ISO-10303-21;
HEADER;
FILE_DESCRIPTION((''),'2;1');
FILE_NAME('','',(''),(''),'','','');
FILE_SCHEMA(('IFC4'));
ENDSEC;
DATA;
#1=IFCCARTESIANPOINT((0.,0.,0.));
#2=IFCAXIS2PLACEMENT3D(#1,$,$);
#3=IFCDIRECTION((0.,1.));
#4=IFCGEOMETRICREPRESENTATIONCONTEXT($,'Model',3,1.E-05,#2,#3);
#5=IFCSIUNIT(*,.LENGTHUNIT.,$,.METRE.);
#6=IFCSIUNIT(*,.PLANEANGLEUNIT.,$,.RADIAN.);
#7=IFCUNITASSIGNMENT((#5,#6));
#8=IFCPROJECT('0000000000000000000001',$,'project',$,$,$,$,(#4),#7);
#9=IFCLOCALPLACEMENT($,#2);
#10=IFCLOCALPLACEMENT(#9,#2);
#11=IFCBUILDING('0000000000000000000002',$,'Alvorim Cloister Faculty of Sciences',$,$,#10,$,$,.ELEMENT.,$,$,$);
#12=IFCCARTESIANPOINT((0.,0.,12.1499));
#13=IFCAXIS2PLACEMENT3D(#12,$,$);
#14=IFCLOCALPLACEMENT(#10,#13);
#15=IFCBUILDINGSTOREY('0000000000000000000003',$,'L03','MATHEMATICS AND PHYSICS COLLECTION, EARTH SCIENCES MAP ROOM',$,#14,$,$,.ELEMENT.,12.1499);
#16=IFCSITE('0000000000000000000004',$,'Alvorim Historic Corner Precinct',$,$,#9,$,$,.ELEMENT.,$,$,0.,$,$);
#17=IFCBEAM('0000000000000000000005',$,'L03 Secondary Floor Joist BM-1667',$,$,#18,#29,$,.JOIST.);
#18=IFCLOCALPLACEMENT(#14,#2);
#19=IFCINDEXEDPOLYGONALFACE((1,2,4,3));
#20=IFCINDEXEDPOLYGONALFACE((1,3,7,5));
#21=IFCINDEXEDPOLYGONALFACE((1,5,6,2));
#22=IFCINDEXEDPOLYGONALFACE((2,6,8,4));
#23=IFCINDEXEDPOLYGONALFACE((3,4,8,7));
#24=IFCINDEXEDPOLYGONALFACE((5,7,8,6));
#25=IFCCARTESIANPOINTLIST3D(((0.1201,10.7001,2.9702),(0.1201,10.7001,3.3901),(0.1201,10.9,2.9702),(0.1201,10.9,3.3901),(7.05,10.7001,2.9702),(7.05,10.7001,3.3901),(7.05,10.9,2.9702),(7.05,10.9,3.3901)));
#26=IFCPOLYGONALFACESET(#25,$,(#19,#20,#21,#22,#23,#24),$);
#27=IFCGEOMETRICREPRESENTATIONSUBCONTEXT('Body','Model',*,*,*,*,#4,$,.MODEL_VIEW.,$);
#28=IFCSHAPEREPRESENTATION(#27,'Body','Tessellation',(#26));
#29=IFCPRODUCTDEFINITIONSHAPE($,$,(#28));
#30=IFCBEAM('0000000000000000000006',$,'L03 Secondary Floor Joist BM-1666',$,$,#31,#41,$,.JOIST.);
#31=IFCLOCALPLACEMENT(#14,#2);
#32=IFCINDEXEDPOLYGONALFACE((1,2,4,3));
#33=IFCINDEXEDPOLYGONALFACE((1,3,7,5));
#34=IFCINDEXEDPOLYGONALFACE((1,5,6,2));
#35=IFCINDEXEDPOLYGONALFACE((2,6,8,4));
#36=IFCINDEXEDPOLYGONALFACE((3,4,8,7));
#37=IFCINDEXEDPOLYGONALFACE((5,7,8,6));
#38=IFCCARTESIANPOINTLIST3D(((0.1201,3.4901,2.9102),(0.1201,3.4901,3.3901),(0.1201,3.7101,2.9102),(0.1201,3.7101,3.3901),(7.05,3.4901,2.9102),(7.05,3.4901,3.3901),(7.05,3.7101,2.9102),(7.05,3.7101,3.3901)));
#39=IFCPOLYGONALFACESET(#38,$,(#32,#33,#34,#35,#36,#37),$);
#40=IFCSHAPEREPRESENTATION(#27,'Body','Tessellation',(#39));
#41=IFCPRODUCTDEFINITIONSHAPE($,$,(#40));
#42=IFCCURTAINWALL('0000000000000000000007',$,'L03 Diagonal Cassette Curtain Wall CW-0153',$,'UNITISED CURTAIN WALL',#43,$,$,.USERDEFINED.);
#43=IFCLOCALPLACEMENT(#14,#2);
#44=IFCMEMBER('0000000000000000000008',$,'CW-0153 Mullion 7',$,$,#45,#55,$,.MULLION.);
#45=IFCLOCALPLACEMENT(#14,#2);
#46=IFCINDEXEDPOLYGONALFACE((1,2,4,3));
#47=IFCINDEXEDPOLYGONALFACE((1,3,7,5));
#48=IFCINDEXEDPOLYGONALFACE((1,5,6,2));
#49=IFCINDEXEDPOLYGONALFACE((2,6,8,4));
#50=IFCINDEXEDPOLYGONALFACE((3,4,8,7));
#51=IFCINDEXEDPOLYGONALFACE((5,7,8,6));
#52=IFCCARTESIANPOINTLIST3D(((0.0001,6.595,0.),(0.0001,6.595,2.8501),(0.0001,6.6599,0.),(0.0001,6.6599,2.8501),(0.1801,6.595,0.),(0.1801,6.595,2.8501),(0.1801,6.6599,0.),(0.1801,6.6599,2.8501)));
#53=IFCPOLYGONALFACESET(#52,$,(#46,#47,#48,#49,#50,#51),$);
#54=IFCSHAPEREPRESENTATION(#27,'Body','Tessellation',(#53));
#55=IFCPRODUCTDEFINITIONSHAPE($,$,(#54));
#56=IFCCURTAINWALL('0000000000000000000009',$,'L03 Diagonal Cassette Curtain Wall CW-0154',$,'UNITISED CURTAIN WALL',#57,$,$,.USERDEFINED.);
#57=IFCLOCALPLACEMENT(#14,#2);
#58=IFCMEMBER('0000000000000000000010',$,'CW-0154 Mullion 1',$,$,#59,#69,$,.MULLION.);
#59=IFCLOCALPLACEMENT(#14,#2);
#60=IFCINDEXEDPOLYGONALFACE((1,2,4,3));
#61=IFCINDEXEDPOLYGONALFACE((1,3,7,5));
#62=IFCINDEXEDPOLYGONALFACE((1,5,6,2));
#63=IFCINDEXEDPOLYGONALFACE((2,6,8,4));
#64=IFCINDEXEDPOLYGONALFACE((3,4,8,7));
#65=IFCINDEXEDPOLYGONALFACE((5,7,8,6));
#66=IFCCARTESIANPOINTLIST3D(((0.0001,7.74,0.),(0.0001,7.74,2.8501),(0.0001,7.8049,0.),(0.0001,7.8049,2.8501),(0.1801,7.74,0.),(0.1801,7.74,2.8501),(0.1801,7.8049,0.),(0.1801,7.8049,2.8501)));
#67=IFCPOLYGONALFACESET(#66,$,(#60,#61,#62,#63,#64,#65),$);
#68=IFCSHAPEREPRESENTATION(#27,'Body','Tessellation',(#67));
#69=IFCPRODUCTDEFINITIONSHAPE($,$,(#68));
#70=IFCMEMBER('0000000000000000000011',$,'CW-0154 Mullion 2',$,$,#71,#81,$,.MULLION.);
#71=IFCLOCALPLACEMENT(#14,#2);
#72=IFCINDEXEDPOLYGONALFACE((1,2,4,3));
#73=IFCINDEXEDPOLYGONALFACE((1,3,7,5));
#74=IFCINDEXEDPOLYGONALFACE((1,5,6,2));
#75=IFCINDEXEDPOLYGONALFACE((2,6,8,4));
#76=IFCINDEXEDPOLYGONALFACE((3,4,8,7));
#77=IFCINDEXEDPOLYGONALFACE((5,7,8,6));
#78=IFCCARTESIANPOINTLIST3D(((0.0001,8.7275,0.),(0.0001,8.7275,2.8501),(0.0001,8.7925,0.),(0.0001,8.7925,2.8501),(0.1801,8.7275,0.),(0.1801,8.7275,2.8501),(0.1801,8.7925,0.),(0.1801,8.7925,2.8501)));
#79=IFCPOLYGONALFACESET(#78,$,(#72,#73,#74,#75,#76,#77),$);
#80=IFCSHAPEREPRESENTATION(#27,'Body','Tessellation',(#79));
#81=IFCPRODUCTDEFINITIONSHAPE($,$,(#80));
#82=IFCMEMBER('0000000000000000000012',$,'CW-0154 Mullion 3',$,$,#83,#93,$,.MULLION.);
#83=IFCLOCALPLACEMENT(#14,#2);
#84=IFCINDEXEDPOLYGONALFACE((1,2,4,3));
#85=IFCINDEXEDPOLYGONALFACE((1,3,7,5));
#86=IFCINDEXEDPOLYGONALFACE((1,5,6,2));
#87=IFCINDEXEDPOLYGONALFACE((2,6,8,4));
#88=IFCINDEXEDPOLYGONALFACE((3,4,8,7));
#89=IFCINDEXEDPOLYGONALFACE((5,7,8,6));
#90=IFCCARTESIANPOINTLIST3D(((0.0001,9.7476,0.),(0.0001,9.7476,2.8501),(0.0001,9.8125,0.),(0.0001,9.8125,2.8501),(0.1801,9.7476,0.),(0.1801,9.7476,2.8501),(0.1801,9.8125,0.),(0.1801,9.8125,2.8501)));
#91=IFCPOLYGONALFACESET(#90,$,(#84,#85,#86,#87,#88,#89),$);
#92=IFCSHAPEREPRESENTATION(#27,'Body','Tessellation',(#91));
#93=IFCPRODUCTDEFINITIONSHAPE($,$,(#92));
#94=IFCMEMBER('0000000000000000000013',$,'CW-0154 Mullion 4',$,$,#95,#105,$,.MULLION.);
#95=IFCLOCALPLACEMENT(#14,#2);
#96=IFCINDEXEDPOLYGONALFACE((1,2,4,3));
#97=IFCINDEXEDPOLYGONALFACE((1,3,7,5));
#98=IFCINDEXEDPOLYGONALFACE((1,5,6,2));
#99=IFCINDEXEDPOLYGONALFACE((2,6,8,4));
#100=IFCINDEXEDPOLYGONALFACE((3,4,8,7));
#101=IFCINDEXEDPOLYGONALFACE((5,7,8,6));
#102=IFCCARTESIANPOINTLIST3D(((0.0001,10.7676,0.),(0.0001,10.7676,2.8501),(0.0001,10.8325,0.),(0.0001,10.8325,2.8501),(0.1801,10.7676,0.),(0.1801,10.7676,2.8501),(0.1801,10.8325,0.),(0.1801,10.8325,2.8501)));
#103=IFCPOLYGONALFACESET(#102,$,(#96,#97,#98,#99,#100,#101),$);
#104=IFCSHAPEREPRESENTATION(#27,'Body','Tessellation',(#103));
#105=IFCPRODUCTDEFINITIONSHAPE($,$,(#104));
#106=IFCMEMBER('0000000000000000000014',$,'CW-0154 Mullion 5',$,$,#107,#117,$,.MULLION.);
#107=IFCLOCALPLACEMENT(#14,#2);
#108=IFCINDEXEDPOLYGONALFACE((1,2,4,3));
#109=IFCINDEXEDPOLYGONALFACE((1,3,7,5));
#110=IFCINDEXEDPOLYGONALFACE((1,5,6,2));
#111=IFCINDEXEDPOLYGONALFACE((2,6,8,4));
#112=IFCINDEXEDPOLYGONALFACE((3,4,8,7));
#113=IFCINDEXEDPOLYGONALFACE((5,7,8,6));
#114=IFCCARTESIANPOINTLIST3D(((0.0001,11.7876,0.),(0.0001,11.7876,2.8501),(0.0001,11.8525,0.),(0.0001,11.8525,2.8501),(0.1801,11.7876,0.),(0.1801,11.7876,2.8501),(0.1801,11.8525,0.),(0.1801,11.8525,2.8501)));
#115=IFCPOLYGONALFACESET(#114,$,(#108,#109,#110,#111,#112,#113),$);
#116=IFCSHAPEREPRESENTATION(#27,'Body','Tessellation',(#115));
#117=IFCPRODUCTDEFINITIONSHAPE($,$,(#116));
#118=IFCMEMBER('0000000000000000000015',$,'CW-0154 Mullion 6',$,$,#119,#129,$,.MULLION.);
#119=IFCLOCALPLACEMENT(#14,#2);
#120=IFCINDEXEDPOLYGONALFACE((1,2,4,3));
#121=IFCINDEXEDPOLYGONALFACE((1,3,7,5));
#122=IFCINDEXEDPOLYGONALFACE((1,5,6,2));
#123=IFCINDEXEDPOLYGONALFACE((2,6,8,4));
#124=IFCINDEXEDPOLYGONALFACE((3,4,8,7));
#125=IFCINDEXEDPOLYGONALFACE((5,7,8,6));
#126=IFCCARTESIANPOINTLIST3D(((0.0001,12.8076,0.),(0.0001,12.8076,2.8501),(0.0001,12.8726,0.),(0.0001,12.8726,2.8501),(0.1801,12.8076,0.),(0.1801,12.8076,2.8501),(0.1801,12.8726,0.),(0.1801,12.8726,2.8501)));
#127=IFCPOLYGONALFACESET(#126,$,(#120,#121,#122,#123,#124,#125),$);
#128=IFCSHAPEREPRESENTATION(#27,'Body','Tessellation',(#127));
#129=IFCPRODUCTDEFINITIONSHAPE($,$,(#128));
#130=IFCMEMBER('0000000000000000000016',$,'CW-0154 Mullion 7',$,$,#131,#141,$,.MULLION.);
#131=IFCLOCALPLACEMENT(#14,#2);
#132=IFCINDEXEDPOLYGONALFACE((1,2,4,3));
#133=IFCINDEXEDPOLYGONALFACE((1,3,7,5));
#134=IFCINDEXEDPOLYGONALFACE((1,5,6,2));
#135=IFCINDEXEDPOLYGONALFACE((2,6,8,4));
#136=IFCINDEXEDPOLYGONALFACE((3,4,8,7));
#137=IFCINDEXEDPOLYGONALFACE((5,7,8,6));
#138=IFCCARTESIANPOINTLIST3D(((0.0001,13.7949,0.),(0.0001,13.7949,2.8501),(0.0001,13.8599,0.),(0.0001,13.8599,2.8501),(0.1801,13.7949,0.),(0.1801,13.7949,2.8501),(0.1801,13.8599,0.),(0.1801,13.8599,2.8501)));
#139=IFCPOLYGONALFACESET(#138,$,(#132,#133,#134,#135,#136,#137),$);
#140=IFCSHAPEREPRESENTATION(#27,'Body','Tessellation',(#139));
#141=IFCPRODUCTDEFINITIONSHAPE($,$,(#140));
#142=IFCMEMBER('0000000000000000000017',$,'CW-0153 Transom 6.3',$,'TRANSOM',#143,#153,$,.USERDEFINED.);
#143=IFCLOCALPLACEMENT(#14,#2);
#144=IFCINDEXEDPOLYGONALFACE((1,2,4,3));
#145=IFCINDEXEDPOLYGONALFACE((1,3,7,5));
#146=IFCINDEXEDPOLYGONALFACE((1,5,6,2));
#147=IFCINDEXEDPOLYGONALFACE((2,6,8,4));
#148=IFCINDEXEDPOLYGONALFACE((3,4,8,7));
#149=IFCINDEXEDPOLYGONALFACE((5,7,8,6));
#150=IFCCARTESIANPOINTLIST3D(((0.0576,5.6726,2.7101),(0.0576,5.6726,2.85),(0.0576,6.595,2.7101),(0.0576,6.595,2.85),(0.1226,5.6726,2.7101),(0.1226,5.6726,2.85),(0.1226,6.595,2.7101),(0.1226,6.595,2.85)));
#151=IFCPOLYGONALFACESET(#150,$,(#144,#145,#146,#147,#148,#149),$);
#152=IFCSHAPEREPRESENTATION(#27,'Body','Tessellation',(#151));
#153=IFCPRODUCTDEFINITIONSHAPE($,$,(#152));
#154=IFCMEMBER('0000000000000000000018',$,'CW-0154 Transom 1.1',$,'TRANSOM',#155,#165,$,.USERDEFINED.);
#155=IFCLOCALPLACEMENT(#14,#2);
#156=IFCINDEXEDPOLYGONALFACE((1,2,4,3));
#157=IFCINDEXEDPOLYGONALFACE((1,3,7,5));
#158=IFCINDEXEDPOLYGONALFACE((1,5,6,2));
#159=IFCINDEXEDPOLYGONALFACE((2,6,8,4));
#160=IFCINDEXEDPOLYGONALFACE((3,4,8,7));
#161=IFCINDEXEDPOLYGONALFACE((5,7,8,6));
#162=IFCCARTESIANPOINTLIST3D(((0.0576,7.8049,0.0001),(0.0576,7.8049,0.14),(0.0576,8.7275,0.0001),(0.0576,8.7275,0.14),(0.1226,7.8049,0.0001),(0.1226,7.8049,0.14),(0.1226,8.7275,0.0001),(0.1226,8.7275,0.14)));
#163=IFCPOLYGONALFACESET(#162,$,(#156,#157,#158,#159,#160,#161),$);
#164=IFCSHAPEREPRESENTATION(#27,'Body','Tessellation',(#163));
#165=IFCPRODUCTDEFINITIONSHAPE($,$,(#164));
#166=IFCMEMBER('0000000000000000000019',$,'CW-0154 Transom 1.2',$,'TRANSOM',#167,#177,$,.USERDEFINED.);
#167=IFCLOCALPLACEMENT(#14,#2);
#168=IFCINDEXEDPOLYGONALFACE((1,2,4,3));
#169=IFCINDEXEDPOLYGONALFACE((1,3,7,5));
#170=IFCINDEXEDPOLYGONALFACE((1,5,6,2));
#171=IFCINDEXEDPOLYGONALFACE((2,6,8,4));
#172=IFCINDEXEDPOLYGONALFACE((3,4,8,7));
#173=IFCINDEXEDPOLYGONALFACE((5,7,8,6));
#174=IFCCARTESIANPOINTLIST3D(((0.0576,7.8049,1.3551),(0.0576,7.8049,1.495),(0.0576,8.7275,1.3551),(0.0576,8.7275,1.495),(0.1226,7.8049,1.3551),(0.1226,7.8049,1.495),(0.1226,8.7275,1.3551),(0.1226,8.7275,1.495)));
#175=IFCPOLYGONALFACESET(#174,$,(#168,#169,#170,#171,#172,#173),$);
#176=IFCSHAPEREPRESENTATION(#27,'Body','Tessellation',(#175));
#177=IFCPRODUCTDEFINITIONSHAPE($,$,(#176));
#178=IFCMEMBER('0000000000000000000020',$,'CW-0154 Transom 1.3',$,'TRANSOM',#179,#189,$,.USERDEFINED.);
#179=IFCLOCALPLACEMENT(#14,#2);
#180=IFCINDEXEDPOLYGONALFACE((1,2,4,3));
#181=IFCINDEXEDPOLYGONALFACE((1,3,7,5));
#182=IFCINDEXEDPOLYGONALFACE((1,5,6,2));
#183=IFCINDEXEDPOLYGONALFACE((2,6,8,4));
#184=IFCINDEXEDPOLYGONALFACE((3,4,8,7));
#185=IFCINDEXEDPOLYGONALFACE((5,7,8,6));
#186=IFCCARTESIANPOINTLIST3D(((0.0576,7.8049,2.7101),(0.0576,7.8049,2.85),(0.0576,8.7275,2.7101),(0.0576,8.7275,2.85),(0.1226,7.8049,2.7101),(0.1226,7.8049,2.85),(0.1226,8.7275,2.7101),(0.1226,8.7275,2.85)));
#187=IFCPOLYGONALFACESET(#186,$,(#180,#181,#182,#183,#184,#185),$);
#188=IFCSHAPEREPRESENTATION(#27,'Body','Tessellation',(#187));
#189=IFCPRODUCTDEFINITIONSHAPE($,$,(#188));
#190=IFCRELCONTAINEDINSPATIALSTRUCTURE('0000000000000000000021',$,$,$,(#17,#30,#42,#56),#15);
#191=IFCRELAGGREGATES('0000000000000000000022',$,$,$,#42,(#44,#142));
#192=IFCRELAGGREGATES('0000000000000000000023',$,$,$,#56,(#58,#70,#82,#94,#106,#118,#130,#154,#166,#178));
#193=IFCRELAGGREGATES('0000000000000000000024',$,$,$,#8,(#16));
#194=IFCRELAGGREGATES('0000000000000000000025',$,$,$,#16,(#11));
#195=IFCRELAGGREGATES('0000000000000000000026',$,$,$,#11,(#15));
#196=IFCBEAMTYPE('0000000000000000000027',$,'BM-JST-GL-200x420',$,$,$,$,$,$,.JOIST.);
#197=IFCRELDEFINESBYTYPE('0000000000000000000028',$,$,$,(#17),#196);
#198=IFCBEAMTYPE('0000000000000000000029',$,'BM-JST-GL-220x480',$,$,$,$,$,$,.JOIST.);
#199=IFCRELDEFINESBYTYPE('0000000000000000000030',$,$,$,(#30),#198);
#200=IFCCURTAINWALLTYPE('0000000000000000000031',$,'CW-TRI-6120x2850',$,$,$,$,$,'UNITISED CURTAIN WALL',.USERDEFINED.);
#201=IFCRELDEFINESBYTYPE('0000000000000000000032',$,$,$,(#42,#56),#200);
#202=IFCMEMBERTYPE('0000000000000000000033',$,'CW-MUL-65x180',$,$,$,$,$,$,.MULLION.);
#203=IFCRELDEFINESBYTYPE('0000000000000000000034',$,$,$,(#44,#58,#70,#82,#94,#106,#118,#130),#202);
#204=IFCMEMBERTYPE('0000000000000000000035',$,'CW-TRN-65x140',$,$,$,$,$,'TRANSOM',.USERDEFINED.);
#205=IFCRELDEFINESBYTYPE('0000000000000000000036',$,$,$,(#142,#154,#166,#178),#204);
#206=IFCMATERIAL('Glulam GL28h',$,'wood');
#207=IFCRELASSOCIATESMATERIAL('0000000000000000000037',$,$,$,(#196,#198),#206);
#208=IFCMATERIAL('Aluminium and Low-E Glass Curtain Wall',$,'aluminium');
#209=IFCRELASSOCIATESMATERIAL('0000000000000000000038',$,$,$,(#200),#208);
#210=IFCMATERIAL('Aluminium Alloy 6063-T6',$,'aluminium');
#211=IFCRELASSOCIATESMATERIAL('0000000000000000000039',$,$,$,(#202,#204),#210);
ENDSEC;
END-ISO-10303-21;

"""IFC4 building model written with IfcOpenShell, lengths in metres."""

from ifc_helpers import new_model, si_unit, direction, frame, origin, origin_2d, place, context, subcontext, project, spatial, rectangle, extrude, material, material_profile, profile_set, type_object, element, aggregate, save


model = new_model("IFC4")

# Units and contexts
model_context = context("Model", 3, precision=1e-05, world=origin(), true_north=direction((0.0, 1.0)))
body_context = subcontext(model_context, "Body", "Model", "MODEL_VIEW")
ifc_project = project(units=[si_unit("LENGTHUNIT", "METRE"), si_unit("PLANEANGLEUNIT", "RADIAN")], contexts=[model_context])

# Site, building, storey
site_placement = place(None, origin())
site = spatial("IfcSite", under=ifc_project, at=site_placement, Name="Alvorim Historic Corner Precinct", CompositionType="ELEMENT", RefElevation=0.0)
building_placement = place(site_placement, origin())
building = spatial("IfcBuilding", under=site, at=building_placement, Name="Alvorim Cloister Faculty of Sciences", CompositionType="ELEMENT")
storey_placement = place(building_placement, frame((0.0, 0.0, 12.1499)))
storey = spatial("IfcBuildingStorey", under=building, at=storey_placement, Name="L03", Description="MATHEMATICS AND PHYSICS COLLECTION, EARTH SCIENCES MAP ROOM", CompositionType="ELEMENT", Elevation=12.1499)

# Beams
ifc_material_1 = material(Name="Glulam GL28h", Category="wood")
ifc_material_profile_1 = material_profile(ifc_material_1, rectangle(XDim=0.2, YDim=0.4199, at=origin_2d()), Name="GL28-JST-200x420")
ifc_profile_set_1 = profile_set([ifc_material_profile_1], Name="Glulam GL28h")
beam_type_1 = type_object("IfcBeamType", Name="BM-JST-GL-200x420", PredefinedType="JOIST", material=ifc_profile_set_1)
beam_1_placement = place(storey_placement, frame((0.1201, 10.8, 3.1802), z_axis=(1.0, 0.0, 0.0), x_axis=(0.0, 1.0, 0.0)))
element("IfcBeam", 1, at=beam_1_placement, inside=storey, type_object=beam_type_1, Name="L03 Secondary Floor Joist BM-1667", PredefinedType="JOIST", context=body_context, shape_type="SweptSolid", body=[
    extrude(rectangle(XDim=0.2, YDim=0.4199, at=origin_2d()), origin(), (0.0, 0.0, 1.0), 6.9299),
])
ifc_material_profile_2 = material_profile(ifc_material_1, rectangle(XDim=0.22, YDim=0.48, at=origin_2d()), Name="GL28-JST-220x480")
ifc_profile_set_2 = profile_set([ifc_material_profile_2], Name="Glulam GL28h")
beam_type_2 = type_object("IfcBeamType", Name="BM-JST-GL-220x480", PredefinedType="JOIST", material=ifc_profile_set_2)
beam_2_placement = place(storey_placement, frame((0.1201, 3.6001, 3.1501), z_axis=(1.0, 0.0, 0.0), x_axis=(0.0, 1.0, 0.0)))
element("IfcBeam", 2, at=beam_2_placement, inside=storey, type_object=beam_type_2, Name="L03 Secondary Floor Joist BM-1666", PredefinedType="JOIST", context=body_context, shape_type="SweptSolid", body=[
    extrude(rectangle(XDim=0.22, YDim=0.48, at=origin_2d()), origin(), (0.0, 0.0, 1.0), 6.9299),
])

# Curtain wall, member
ifc_material_2 = material(Name="Aluminium and Low-E Glass Curtain Wall", Category="aluminium")
curtain_wall_type = type_object("IfcCurtainWallType", Name="CW-TRI-6120x2850", ElementType="UNITISED CURTAIN WALL", PredefinedType="USERDEFINED", material=ifc_material_2)
curtain_wall_1_placement = place(storey_placement, origin())
curtain_wall_1 = element("IfcCurtainWall", 3, at=curtain_wall_1_placement, inside=storey, type_object=curtain_wall_type, Name="L03 Diagonal Cassette Curtain Wall CW-0153", ObjectType="UNITISED CURTAIN WALL", PredefinedType="USERDEFINED")
ifc_material_3 = material(Name="Aluminium Alloy 6063-T6", Category="aluminium")
ifc_material_profile_3 = material_profile(ifc_material_3, rectangle(XDim=0.0649, YDim=0.1799, at=origin_2d()), Name="ALU-MUL-65x180")
ifc_profile_set_3 = profile_set([ifc_material_profile_3], Name="Aluminium Alloy 6063-T6")
member_type_1 = type_object("IfcMemberType", Name="CW-MUL-65x180", PredefinedType="MULLION", material=ifc_profile_set_3)
member_1_placement = place(storey_placement, frame((0.0901, 6.6274, 0.0), z_axis=(0.0, 0.0, 1.0), x_axis=(0.0, 1.0, 0.0)))
member_1 = element("IfcMember", 4, at=member_1_placement, type_object=member_type_1, Name="CW-0153 Mullion 7", PredefinedType="MULLION", context=body_context, shape_type="SweptSolid", body=[
    extrude(rectangle(XDim=0.0649, YDim=0.1799, at=origin_2d()), origin(), (0.0, 0.0, 1.0), 2.8501),
])

# Curtain wall, members
curtain_wall_2_placement = place(storey_placement, origin())
curtain_wall_2 = element("IfcCurtainWall", 5, at=curtain_wall_2_placement, inside=storey, type_object=curtain_wall_type, Name="L03 Diagonal Cassette Curtain Wall CW-0154", ObjectType="UNITISED CURTAIN WALL", PredefinedType="USERDEFINED")
member_2_placement = place(storey_placement, frame((0.0901, 7.7725, 0.0), z_axis=(0.0, 0.0, 1.0), x_axis=(0.0, 1.0, 0.0)))
member_2 = element("IfcMember", 6, at=member_2_placement, type_object=member_type_1, Name="CW-0154 Mullion 1", PredefinedType="MULLION", context=body_context, shape_type="SweptSolid", body=[
    extrude(rectangle(XDim=0.0649, YDim=0.1799, at=origin_2d()), origin(), (0.0, 0.0, 1.0), 2.8501),
])
member_3_placement = place(storey_placement, frame((0.0901, 8.76, 0.0), z_axis=(0.0, 0.0, 1.0), x_axis=(0.0, 1.0, 0.0)))
member_3 = element("IfcMember", 7, at=member_3_placement, type_object=member_type_1, Name="CW-0154 Mullion 2", PredefinedType="MULLION", context=body_context, shape_type="SweptSolid", body=[
    extrude(rectangle(XDim=0.0649, YDim=0.1799, at=origin_2d()), origin(), (0.0, 0.0, 1.0), 2.8501),
])
member_4_placement = place(storey_placement, frame((0.0901, 9.78, 0.0), z_axis=(0.0, 0.0, 1.0), x_axis=(0.0, 1.0, 0.0)))
member_4 = element("IfcMember", 8, at=member_4_placement, type_object=member_type_1, Name="CW-0154 Mullion 3", PredefinedType="MULLION", context=body_context, shape_type="SweptSolid", body=[
    extrude(rectangle(XDim=0.0649, YDim=0.1799, at=origin_2d()), origin(), (0.0, 0.0, 1.0), 2.8501),
])
member_5_placement = place(storey_placement, frame((0.0901, 10.8, 0.0), z_axis=(0.0, 0.0, 1.0), x_axis=(0.0, 1.0, 0.0)))
member_5 = element("IfcMember", 9, at=member_5_placement, type_object=member_type_1, Name="CW-0154 Mullion 4", PredefinedType="MULLION", context=body_context, shape_type="SweptSolid", body=[
    extrude(rectangle(XDim=0.0649, YDim=0.1799, at=origin_2d()), origin(), (0.0, 0.0, 1.0), 2.8501),
])
member_6_placement = place(storey_placement, frame((0.0901, 11.8201, 0.0), z_axis=(0.0, 0.0, 1.0), x_axis=(0.0, 1.0, 0.0)))
member_6 = element("IfcMember", 10, at=member_6_placement, type_object=member_type_1, Name="CW-0154 Mullion 5", PredefinedType="MULLION", context=body_context, shape_type="SweptSolid", body=[
    extrude(rectangle(XDim=0.0649, YDim=0.1799, at=origin_2d()), origin(), (0.0, 0.0, 1.0), 2.8501),
])
member_7_placement = place(storey_placement, frame((0.0901, 12.8401, 0.0), z_axis=(0.0, 0.0, 1.0), x_axis=(0.0, 1.0, 0.0)))
member_7 = element("IfcMember", 11, at=member_7_placement, type_object=member_type_1, Name="CW-0154 Mullion 6", PredefinedType="MULLION", context=body_context, shape_type="SweptSolid", body=[
    extrude(rectangle(XDim=0.0649, YDim=0.1799, at=origin_2d()), origin(), (0.0, 0.0, 1.0), 2.8501),
])
member_8_placement = place(storey_placement, frame((0.0901, 13.8274, 0.0), z_axis=(0.0, 0.0, 1.0), x_axis=(0.0, 1.0, 0.0)))
member_8 = element("IfcMember", 12, at=member_8_placement, type_object=member_type_1, Name="CW-0154 Mullion 7", PredefinedType="MULLION", context=body_context, shape_type="SweptSolid", body=[
    extrude(rectangle(XDim=0.0649, YDim=0.1799, at=origin_2d()), origin(), (0.0, 0.0, 1.0), 2.8501),
])

# Members
ifc_material_profile_4 = material_profile(ifc_material_3, rectangle(XDim=0.0649, YDim=0.1399, at=origin_2d()), Name="ALU-TRN-65x140")
ifc_profile_set_4 = profile_set([ifc_material_profile_4], Name="Aluminium Alloy 6063-T6")
member_type_2 = type_object("IfcMemberType", Name="CW-TRN-65x140", ElementType="TRANSOM", PredefinedType="USERDEFINED", material=ifc_profile_set_4)
member_9_placement = place(storey_placement, frame((0.0901, 5.6726, 2.78), z_axis=(0.0, 1.0, 0.0), x_axis=(-1.0, 0.0, 0.0)))
member_9 = element("IfcMember", 13, at=member_9_placement, type_object=member_type_2, Name="CW-0153 Transom 6.3", ObjectType="TRANSOM", PredefinedType="USERDEFINED", context=body_context, shape_type="SweptSolid", body=[
    extrude(rectangle(XDim=0.0649, YDim=0.1399, at=origin_2d()), origin(), (0.0, 0.0, 1.0), 0.9224),
])
aggregate(curtain_wall_1, [member_1, member_9])
member_10_placement = place(storey_placement, frame((0.0901, 7.8049, 0.0701), z_axis=(0.0, 1.0, 0.0), x_axis=(-1.0, 0.0, 0.0)))
member_10 = element("IfcMember", 14, at=member_10_placement, type_object=member_type_2, Name="CW-0154 Transom 1.1", ObjectType="TRANSOM", PredefinedType="USERDEFINED", context=body_context, shape_type="SweptSolid", body=[
    extrude(rectangle(XDim=0.0649, YDim=0.1399, at=origin_2d()), origin(), (0.0, 0.0, 1.0), 0.9226),
])
member_11_placement = place(storey_placement, frame((0.0901, 7.8049, 1.425), z_axis=(0.0, 1.0, 0.0), x_axis=(-1.0, 0.0, 0.0)))
member_11 = element("IfcMember", 15, at=member_11_placement, type_object=member_type_2, Name="CW-0154 Transom 1.2", ObjectType="TRANSOM", PredefinedType="USERDEFINED", context=body_context, shape_type="SweptSolid", body=[
    extrude(rectangle(XDim=0.0649, YDim=0.1399, at=origin_2d()), origin(), (0.0, 0.0, 1.0), 0.9226),
])
member_12_placement = place(storey_placement, frame((0.0901, 7.8049, 2.78), z_axis=(0.0, 1.0, 0.0), x_axis=(-1.0, 0.0, 0.0)))
member_12 = element("IfcMember", 16, at=member_12_placement, type_object=member_type_2, Name="CW-0154 Transom 1.3", ObjectType="TRANSOM", PredefinedType="USERDEFINED", context=body_context, shape_type="SweptSolid", body=[
    extrude(rectangle(XDim=0.0649, YDim=0.1399, at=origin_2d()), origin(), (0.0, 0.0, 1.0), 0.9226),
])
aggregate(curtain_wall_2, [member_2, member_3, member_4, member_5, member_6, member_7, member_8, member_10, member_11, member_12])

save(model, "model.ifc")
